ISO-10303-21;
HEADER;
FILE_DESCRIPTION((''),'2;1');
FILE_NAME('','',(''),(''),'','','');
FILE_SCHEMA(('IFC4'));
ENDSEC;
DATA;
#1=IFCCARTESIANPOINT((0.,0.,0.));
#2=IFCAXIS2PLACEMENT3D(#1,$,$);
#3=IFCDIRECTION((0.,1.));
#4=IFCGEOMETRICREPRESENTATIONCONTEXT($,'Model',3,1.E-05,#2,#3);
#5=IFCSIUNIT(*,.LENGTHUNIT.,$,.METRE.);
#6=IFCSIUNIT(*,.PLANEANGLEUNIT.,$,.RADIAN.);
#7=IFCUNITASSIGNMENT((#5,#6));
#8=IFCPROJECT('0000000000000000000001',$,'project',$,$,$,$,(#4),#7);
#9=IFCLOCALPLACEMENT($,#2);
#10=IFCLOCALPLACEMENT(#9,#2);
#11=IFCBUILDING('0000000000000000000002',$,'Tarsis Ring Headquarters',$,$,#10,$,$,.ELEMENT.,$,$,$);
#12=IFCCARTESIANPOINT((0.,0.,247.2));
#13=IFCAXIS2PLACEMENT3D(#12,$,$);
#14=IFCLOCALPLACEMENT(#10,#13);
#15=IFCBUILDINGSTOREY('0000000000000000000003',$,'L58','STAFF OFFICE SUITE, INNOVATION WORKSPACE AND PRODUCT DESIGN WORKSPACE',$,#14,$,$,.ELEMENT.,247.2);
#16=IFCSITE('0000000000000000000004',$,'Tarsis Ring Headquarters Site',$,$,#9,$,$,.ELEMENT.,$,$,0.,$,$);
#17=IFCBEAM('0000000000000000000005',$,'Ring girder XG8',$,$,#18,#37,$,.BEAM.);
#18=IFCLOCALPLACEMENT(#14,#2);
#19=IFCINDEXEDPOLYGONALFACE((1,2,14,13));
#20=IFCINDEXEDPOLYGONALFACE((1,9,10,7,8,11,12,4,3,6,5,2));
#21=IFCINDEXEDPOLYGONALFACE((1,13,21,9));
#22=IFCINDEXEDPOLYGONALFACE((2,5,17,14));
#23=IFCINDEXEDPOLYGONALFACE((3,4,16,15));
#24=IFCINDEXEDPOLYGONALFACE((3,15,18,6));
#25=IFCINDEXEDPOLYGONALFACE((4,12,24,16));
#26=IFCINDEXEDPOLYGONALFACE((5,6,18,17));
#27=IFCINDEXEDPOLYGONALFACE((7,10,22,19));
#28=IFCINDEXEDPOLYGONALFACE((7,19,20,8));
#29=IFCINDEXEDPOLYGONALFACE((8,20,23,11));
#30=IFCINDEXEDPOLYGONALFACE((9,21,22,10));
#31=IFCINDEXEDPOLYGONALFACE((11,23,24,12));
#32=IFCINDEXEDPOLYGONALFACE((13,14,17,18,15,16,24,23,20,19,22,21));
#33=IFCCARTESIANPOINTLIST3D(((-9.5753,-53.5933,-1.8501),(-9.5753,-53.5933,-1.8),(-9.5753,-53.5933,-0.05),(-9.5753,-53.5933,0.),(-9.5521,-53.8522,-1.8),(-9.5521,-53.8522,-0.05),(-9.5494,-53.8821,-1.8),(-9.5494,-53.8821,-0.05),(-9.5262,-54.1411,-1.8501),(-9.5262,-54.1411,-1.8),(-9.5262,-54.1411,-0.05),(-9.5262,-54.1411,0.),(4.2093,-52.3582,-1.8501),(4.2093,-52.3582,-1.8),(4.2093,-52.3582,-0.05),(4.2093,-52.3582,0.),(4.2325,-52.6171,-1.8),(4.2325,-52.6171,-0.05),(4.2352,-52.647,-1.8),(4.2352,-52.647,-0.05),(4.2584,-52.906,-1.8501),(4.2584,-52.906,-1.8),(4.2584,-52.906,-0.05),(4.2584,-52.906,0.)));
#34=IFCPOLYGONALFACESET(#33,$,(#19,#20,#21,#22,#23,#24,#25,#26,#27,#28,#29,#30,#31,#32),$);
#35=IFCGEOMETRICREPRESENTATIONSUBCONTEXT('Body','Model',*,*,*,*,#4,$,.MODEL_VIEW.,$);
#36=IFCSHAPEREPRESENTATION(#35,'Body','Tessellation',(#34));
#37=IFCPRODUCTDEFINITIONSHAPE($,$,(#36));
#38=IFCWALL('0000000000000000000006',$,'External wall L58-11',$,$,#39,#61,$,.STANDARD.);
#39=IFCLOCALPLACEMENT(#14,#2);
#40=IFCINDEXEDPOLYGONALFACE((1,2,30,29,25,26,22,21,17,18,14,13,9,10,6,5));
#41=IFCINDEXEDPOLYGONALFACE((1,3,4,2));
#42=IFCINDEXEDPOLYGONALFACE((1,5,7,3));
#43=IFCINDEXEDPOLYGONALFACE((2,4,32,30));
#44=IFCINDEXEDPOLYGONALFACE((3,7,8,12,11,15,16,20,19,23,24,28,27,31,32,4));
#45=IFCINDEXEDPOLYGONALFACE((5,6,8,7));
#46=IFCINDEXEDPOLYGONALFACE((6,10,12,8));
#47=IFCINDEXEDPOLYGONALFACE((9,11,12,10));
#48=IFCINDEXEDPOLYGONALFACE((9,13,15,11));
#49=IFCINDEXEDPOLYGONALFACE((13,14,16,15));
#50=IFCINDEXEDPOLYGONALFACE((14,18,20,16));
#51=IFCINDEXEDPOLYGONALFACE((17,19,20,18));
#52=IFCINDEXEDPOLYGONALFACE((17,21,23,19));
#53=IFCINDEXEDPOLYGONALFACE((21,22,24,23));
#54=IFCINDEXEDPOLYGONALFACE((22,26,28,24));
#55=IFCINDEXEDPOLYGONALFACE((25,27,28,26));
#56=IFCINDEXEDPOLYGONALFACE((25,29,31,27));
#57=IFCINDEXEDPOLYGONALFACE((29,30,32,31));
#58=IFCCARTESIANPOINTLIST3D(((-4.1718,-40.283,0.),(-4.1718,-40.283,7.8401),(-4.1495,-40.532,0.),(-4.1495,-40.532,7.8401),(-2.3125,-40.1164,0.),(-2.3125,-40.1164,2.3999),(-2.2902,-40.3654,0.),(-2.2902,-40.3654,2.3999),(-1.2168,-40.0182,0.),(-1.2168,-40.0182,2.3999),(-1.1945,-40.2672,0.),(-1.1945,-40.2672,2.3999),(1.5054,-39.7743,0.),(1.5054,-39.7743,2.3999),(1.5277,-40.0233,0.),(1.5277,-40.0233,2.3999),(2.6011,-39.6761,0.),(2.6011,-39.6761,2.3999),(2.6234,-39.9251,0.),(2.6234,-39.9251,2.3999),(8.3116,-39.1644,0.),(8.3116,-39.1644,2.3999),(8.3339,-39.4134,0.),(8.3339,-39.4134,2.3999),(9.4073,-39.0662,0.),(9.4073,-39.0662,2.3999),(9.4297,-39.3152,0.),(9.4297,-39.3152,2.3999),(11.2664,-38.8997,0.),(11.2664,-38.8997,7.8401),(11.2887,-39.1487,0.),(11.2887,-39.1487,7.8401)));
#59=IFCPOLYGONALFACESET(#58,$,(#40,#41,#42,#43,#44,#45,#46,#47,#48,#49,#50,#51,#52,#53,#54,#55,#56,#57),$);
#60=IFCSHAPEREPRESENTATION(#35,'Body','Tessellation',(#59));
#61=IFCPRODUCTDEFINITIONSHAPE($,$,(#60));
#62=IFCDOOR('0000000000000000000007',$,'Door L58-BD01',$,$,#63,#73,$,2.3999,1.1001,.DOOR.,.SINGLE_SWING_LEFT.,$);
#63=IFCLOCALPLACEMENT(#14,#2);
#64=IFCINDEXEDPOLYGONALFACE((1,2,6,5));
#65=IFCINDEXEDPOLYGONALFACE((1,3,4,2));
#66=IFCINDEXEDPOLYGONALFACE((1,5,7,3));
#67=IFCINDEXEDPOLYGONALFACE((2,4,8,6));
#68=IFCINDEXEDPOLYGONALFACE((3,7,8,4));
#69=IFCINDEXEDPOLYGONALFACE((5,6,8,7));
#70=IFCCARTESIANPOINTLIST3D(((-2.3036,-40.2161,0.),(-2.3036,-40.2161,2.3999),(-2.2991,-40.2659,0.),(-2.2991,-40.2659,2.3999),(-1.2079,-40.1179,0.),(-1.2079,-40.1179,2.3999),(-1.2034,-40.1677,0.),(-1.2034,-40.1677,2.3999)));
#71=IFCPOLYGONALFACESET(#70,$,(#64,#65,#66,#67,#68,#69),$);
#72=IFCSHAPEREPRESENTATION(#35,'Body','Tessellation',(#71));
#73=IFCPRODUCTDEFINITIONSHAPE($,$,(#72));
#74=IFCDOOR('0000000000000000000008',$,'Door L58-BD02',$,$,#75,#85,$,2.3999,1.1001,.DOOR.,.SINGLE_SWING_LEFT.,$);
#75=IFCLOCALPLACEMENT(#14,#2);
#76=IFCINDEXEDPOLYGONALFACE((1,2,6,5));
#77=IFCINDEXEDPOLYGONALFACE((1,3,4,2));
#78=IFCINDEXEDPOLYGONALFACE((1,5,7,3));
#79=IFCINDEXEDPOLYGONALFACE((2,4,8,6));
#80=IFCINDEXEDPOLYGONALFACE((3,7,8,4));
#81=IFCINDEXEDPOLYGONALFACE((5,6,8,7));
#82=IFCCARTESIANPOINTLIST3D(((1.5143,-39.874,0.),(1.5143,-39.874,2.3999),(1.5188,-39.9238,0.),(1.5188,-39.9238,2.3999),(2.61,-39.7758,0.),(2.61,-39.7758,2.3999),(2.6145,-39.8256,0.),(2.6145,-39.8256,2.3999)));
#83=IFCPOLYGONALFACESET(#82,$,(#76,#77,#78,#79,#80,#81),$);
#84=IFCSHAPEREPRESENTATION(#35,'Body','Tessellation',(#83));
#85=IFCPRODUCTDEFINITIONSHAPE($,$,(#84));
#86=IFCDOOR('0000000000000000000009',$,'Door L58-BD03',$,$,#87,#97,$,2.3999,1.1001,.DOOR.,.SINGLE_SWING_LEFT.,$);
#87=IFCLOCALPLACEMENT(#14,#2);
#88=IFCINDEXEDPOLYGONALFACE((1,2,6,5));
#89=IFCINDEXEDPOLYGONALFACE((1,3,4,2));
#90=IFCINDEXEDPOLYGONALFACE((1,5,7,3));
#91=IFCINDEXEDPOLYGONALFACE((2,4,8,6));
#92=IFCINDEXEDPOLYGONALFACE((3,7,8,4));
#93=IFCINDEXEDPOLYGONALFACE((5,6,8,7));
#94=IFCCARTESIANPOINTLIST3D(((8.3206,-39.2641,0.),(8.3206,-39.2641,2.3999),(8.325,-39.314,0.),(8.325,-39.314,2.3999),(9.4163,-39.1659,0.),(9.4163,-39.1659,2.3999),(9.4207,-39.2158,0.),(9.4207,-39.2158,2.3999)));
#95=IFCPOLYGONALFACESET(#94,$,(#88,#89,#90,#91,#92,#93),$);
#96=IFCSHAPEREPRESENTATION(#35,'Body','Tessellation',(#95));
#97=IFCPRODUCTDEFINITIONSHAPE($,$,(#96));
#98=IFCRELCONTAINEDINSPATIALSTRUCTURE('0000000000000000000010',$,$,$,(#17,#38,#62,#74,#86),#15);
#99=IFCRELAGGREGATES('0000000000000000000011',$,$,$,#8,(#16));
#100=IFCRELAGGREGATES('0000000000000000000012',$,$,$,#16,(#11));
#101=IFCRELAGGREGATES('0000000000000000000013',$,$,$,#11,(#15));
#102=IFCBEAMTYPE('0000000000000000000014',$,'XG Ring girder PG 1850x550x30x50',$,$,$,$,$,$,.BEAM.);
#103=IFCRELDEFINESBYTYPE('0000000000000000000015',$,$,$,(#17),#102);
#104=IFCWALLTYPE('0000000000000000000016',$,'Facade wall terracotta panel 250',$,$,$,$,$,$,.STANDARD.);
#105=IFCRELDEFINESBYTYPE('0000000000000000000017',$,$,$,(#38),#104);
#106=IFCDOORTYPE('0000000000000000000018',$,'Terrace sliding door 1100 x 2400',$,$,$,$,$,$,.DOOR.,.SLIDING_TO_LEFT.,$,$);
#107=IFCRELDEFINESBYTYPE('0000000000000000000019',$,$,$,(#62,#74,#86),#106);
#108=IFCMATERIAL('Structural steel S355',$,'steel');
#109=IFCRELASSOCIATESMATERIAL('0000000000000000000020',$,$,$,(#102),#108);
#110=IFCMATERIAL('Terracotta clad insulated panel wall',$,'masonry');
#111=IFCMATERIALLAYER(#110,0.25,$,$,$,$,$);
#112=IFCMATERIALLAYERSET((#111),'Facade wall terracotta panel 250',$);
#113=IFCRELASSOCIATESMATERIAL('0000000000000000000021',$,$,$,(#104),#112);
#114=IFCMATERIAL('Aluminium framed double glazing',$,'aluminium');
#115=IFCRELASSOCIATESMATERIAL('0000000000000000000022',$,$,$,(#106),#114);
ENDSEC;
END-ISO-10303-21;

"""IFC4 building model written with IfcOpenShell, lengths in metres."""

from ifc_helpers import new_model, si_unit, direction, frame, frame_2d, origin, origin_2d, place, context, subcontext, project, spatial, rectangle, i_section, extrude, material, layer, layer_set, material_profile, profile_set, type_object, element, fill, save


model = new_model("IFC4")

# Units and contexts
model_context = context("Model", 3, precision=1e-05, world=origin(), true_north=direction((0.0, 1.0)))
body_context = subcontext(model_context, "Body", "Model", "MODEL_VIEW")
ifc_project = project(units=[si_unit("LENGTHUNIT", "METRE"), si_unit("PLANEANGLEUNIT", "RADIAN")], contexts=[model_context])

# Site, building, storey
site_placement = place(None, origin())
site = spatial("IfcSite", under=ifc_project, at=site_placement, Name="Tarsis Ring Headquarters Site", CompositionType="ELEMENT", RefElevation=0.0)
building_placement = place(site_placement, origin())
building = spatial("IfcBuilding", under=site, at=building_placement, Name="Tarsis Ring Headquarters", CompositionType="ELEMENT")
storey_placement = place(building_placement, frame((0.0, 0.0, 247.2)))
storey = spatial("IfcBuildingStorey", under=building, at=storey_placement, Name="L58", Description="STAFF OFFICE SUITE, INNOVATION WORKSPACE AND PRODUCT DESIGN WORKSPACE", CompositionType="ELEMENT", Elevation=247.2)

# Shared definitions
ifc_material_1 = material(Name="Structural steel S355", Category="steel")

# Beam
ifc_material_profile_1 = material_profile(ifc_material_1, i_section(OverallWidth=0.55, OverallDepth=1.8501, WebThickness=0.03, FlangeThickness=0.05, at=origin_2d()), Name="PG 1850x550x30x50")
ifc_profile_set_1 = profile_set([ifc_material_profile_1], Name="Structural steel S355")
beam_type_1 = type_object("IfcBeamType", Name="XG Ring girder PG 1850x550x30x50", PredefinedType="BEAM", material=ifc_profile_set_1)
beam_1_placement = place(storey_placement, frame((-9.5508, -53.8672, -0.925), z_axis=(0.99601, 0.089243, 0.0), x_axis=(-0.089243, 0.99601, 0.0)))
element("IfcBeam", 1, at=beam_1_placement, inside=storey, type_object=beam_type_1, Name="Ring girder XG8", PredefinedType="BEAM", context=body_context, shape_type="SweptSolid", body=[
    extrude(i_section(OverallWidth=0.55, OverallDepth=1.8501, WebThickness=0.03, FlangeThickness=0.05, at=origin_2d()), origin(), (0.0, 0.0, 1.0), 13.8398),
])

# Wall, openings, doors
ifc_material_2 = material(Name="Terracotta clad insulated panel wall", Category="masonry")
ifc_layer = layer(ifc_material_2, 0.25)
ifc_layer_set = layer_set([ifc_layer], Name="Facade wall terracotta panel 250")
wall_type = type_object("IfcWallType", Name="Facade wall terracotta panel 250", PredefinedType="STANDARD", material=ifc_layer_set)
wall_placement = place(storey_placement, frame((-4.1606, -40.4075, 0.0), z_axis=(0.0, 0.0, 1.0), x_axis=(0.99601, 0.089245, 0.0)))
wall = element("IfcWall", 2, at=wall_placement, inside=storey, type_object=wall_type, Name="External wall L58-11", PredefinedType="STANDARD", context=body_context, shape_type="SweptSolid", body=[
    extrude(rectangle(XDim=15.5, YDim=0.25, at=frame_2d((7.75, 0.0))), origin(), (0.0, 0.0, 1.0), 7.8401),
])
opening_1_placement = place(wall_placement, frame((1.8667, 0.0, 0.0)))
opening_1 = element("IfcOpeningElement", 3, at=opening_1_placement, cuts=wall, PredefinedType="OPENING", context=body_context, shape_type="SweptSolid", body=[
    extrude(rectangle(XDim=1.1001, YDim=2.3999, at=frame_2d((0.55, 1.2))), frame((0.0, 0.135, 0.0), z_axis=(0.0, -1.0, 0.0), x_axis=(1.0, 0.0, 0.0)), (0.0, 0.0, 1.0), 0.27),
])
opening_2_placement = place(wall_placement, frame((5.7, 0.0, 0.0)))
opening_2 = element("IfcOpeningElement", 4, at=opening_2_placement, cuts=wall, PredefinedType="OPENING", context=body_context, shape_type="SweptSolid", body=[
    extrude(rectangle(XDim=1.1001, YDim=2.3999, at=frame_2d((0.55, 1.2))), frame((0.0, 0.135, 0.0), z_axis=(0.0, -1.0, 0.0), x_axis=(1.0, 0.0, 0.0)), (0.0, 0.0, 1.0), 0.27),
])
opening_3_placement = place(wall_placement, frame((12.5334, 0.0, 0.0)))
opening_3 = element("IfcOpeningElement", 5, at=opening_3_placement, cuts=wall, PredefinedType="OPENING", context=body_context, shape_type="SweptSolid", body=[
    extrude(rectangle(XDim=1.1001, YDim=2.3999, at=frame_2d((0.55, 1.2))), frame((0.0, 0.135, 0.0), z_axis=(0.0, -1.0, 0.0), x_axis=(1.0, 0.0, 0.0)), (0.0, 0.0, 1.0), 0.27),
])
ifc_material_3 = material(Name="Aluminium framed double glazing", Category="aluminium")
door_type = type_object("IfcDoorType", Name="Terrace sliding door 1100 x 2400", OperationType="SLIDING_TO_LEFT", PredefinedType="DOOR", material=ifc_material_3)
door_1_placement = place(opening_1_placement, origin())
door_1 = element("IfcDoor", 6, at=door_1_placement, inside=storey, type_object=door_type, Name="Door L58-BD01", OperationType="SINGLE_SWING_LEFT", OverallHeight=2.3999, OverallWidth=1.1001, PredefinedType="DOOR", context=body_context, shape_type="SweptSolid", body=[
    extrude(rectangle(XDim=1.1001, YDim=2.3999, at=frame_2d((0.55, 1.2))), frame((0.0, 0.0249, 0.0), z_axis=(0.0, -1.0, 0.0), x_axis=(1.0, 0.0, 0.0)), (0.0, 0.0, 1.0), 0.05),
])
fill(opening_1, door_1)
door_2_placement = place(opening_2_placement, origin())
door_2 = element("IfcDoor", 7, at=door_2_placement, inside=storey, type_object=door_type, Name="Door L58-BD02", OperationType="SINGLE_SWING_LEFT", OverallHeight=2.3999, OverallWidth=1.1001, PredefinedType="DOOR", context=body_context, shape_type="SweptSolid", body=[
    extrude(rectangle(XDim=1.1001, YDim=2.3999, at=frame_2d((0.55, 1.2))), frame((0.0, 0.0249, 0.0), z_axis=(0.0, -1.0, 0.0), x_axis=(1.0, 0.0, 0.0)), (0.0, 0.0, 1.0), 0.05),
])
fill(opening_2, door_2)
door_3_placement = place(opening_3_placement, origin())
door_3 = element("IfcDoor", 8, at=door_3_placement, inside=storey, type_object=door_type, Name="Door L58-BD03", OperationType="SINGLE_SWING_LEFT", OverallHeight=2.3999, OverallWidth=1.1001, PredefinedType="DOOR", context=body_context, shape_type="SweptSolid", body=[
    extrude(rectangle(XDim=1.1001, YDim=2.3999, at=frame_2d((0.55, 1.2))), frame((0.0, 0.0249, 0.0), z_axis=(0.0, -1.0, 0.0), x_axis=(1.0, 0.0, 0.0)), (0.0, 0.0, 1.0), 0.05),
])
fill(opening_3, door_3)

save(model, "model.ifc")
